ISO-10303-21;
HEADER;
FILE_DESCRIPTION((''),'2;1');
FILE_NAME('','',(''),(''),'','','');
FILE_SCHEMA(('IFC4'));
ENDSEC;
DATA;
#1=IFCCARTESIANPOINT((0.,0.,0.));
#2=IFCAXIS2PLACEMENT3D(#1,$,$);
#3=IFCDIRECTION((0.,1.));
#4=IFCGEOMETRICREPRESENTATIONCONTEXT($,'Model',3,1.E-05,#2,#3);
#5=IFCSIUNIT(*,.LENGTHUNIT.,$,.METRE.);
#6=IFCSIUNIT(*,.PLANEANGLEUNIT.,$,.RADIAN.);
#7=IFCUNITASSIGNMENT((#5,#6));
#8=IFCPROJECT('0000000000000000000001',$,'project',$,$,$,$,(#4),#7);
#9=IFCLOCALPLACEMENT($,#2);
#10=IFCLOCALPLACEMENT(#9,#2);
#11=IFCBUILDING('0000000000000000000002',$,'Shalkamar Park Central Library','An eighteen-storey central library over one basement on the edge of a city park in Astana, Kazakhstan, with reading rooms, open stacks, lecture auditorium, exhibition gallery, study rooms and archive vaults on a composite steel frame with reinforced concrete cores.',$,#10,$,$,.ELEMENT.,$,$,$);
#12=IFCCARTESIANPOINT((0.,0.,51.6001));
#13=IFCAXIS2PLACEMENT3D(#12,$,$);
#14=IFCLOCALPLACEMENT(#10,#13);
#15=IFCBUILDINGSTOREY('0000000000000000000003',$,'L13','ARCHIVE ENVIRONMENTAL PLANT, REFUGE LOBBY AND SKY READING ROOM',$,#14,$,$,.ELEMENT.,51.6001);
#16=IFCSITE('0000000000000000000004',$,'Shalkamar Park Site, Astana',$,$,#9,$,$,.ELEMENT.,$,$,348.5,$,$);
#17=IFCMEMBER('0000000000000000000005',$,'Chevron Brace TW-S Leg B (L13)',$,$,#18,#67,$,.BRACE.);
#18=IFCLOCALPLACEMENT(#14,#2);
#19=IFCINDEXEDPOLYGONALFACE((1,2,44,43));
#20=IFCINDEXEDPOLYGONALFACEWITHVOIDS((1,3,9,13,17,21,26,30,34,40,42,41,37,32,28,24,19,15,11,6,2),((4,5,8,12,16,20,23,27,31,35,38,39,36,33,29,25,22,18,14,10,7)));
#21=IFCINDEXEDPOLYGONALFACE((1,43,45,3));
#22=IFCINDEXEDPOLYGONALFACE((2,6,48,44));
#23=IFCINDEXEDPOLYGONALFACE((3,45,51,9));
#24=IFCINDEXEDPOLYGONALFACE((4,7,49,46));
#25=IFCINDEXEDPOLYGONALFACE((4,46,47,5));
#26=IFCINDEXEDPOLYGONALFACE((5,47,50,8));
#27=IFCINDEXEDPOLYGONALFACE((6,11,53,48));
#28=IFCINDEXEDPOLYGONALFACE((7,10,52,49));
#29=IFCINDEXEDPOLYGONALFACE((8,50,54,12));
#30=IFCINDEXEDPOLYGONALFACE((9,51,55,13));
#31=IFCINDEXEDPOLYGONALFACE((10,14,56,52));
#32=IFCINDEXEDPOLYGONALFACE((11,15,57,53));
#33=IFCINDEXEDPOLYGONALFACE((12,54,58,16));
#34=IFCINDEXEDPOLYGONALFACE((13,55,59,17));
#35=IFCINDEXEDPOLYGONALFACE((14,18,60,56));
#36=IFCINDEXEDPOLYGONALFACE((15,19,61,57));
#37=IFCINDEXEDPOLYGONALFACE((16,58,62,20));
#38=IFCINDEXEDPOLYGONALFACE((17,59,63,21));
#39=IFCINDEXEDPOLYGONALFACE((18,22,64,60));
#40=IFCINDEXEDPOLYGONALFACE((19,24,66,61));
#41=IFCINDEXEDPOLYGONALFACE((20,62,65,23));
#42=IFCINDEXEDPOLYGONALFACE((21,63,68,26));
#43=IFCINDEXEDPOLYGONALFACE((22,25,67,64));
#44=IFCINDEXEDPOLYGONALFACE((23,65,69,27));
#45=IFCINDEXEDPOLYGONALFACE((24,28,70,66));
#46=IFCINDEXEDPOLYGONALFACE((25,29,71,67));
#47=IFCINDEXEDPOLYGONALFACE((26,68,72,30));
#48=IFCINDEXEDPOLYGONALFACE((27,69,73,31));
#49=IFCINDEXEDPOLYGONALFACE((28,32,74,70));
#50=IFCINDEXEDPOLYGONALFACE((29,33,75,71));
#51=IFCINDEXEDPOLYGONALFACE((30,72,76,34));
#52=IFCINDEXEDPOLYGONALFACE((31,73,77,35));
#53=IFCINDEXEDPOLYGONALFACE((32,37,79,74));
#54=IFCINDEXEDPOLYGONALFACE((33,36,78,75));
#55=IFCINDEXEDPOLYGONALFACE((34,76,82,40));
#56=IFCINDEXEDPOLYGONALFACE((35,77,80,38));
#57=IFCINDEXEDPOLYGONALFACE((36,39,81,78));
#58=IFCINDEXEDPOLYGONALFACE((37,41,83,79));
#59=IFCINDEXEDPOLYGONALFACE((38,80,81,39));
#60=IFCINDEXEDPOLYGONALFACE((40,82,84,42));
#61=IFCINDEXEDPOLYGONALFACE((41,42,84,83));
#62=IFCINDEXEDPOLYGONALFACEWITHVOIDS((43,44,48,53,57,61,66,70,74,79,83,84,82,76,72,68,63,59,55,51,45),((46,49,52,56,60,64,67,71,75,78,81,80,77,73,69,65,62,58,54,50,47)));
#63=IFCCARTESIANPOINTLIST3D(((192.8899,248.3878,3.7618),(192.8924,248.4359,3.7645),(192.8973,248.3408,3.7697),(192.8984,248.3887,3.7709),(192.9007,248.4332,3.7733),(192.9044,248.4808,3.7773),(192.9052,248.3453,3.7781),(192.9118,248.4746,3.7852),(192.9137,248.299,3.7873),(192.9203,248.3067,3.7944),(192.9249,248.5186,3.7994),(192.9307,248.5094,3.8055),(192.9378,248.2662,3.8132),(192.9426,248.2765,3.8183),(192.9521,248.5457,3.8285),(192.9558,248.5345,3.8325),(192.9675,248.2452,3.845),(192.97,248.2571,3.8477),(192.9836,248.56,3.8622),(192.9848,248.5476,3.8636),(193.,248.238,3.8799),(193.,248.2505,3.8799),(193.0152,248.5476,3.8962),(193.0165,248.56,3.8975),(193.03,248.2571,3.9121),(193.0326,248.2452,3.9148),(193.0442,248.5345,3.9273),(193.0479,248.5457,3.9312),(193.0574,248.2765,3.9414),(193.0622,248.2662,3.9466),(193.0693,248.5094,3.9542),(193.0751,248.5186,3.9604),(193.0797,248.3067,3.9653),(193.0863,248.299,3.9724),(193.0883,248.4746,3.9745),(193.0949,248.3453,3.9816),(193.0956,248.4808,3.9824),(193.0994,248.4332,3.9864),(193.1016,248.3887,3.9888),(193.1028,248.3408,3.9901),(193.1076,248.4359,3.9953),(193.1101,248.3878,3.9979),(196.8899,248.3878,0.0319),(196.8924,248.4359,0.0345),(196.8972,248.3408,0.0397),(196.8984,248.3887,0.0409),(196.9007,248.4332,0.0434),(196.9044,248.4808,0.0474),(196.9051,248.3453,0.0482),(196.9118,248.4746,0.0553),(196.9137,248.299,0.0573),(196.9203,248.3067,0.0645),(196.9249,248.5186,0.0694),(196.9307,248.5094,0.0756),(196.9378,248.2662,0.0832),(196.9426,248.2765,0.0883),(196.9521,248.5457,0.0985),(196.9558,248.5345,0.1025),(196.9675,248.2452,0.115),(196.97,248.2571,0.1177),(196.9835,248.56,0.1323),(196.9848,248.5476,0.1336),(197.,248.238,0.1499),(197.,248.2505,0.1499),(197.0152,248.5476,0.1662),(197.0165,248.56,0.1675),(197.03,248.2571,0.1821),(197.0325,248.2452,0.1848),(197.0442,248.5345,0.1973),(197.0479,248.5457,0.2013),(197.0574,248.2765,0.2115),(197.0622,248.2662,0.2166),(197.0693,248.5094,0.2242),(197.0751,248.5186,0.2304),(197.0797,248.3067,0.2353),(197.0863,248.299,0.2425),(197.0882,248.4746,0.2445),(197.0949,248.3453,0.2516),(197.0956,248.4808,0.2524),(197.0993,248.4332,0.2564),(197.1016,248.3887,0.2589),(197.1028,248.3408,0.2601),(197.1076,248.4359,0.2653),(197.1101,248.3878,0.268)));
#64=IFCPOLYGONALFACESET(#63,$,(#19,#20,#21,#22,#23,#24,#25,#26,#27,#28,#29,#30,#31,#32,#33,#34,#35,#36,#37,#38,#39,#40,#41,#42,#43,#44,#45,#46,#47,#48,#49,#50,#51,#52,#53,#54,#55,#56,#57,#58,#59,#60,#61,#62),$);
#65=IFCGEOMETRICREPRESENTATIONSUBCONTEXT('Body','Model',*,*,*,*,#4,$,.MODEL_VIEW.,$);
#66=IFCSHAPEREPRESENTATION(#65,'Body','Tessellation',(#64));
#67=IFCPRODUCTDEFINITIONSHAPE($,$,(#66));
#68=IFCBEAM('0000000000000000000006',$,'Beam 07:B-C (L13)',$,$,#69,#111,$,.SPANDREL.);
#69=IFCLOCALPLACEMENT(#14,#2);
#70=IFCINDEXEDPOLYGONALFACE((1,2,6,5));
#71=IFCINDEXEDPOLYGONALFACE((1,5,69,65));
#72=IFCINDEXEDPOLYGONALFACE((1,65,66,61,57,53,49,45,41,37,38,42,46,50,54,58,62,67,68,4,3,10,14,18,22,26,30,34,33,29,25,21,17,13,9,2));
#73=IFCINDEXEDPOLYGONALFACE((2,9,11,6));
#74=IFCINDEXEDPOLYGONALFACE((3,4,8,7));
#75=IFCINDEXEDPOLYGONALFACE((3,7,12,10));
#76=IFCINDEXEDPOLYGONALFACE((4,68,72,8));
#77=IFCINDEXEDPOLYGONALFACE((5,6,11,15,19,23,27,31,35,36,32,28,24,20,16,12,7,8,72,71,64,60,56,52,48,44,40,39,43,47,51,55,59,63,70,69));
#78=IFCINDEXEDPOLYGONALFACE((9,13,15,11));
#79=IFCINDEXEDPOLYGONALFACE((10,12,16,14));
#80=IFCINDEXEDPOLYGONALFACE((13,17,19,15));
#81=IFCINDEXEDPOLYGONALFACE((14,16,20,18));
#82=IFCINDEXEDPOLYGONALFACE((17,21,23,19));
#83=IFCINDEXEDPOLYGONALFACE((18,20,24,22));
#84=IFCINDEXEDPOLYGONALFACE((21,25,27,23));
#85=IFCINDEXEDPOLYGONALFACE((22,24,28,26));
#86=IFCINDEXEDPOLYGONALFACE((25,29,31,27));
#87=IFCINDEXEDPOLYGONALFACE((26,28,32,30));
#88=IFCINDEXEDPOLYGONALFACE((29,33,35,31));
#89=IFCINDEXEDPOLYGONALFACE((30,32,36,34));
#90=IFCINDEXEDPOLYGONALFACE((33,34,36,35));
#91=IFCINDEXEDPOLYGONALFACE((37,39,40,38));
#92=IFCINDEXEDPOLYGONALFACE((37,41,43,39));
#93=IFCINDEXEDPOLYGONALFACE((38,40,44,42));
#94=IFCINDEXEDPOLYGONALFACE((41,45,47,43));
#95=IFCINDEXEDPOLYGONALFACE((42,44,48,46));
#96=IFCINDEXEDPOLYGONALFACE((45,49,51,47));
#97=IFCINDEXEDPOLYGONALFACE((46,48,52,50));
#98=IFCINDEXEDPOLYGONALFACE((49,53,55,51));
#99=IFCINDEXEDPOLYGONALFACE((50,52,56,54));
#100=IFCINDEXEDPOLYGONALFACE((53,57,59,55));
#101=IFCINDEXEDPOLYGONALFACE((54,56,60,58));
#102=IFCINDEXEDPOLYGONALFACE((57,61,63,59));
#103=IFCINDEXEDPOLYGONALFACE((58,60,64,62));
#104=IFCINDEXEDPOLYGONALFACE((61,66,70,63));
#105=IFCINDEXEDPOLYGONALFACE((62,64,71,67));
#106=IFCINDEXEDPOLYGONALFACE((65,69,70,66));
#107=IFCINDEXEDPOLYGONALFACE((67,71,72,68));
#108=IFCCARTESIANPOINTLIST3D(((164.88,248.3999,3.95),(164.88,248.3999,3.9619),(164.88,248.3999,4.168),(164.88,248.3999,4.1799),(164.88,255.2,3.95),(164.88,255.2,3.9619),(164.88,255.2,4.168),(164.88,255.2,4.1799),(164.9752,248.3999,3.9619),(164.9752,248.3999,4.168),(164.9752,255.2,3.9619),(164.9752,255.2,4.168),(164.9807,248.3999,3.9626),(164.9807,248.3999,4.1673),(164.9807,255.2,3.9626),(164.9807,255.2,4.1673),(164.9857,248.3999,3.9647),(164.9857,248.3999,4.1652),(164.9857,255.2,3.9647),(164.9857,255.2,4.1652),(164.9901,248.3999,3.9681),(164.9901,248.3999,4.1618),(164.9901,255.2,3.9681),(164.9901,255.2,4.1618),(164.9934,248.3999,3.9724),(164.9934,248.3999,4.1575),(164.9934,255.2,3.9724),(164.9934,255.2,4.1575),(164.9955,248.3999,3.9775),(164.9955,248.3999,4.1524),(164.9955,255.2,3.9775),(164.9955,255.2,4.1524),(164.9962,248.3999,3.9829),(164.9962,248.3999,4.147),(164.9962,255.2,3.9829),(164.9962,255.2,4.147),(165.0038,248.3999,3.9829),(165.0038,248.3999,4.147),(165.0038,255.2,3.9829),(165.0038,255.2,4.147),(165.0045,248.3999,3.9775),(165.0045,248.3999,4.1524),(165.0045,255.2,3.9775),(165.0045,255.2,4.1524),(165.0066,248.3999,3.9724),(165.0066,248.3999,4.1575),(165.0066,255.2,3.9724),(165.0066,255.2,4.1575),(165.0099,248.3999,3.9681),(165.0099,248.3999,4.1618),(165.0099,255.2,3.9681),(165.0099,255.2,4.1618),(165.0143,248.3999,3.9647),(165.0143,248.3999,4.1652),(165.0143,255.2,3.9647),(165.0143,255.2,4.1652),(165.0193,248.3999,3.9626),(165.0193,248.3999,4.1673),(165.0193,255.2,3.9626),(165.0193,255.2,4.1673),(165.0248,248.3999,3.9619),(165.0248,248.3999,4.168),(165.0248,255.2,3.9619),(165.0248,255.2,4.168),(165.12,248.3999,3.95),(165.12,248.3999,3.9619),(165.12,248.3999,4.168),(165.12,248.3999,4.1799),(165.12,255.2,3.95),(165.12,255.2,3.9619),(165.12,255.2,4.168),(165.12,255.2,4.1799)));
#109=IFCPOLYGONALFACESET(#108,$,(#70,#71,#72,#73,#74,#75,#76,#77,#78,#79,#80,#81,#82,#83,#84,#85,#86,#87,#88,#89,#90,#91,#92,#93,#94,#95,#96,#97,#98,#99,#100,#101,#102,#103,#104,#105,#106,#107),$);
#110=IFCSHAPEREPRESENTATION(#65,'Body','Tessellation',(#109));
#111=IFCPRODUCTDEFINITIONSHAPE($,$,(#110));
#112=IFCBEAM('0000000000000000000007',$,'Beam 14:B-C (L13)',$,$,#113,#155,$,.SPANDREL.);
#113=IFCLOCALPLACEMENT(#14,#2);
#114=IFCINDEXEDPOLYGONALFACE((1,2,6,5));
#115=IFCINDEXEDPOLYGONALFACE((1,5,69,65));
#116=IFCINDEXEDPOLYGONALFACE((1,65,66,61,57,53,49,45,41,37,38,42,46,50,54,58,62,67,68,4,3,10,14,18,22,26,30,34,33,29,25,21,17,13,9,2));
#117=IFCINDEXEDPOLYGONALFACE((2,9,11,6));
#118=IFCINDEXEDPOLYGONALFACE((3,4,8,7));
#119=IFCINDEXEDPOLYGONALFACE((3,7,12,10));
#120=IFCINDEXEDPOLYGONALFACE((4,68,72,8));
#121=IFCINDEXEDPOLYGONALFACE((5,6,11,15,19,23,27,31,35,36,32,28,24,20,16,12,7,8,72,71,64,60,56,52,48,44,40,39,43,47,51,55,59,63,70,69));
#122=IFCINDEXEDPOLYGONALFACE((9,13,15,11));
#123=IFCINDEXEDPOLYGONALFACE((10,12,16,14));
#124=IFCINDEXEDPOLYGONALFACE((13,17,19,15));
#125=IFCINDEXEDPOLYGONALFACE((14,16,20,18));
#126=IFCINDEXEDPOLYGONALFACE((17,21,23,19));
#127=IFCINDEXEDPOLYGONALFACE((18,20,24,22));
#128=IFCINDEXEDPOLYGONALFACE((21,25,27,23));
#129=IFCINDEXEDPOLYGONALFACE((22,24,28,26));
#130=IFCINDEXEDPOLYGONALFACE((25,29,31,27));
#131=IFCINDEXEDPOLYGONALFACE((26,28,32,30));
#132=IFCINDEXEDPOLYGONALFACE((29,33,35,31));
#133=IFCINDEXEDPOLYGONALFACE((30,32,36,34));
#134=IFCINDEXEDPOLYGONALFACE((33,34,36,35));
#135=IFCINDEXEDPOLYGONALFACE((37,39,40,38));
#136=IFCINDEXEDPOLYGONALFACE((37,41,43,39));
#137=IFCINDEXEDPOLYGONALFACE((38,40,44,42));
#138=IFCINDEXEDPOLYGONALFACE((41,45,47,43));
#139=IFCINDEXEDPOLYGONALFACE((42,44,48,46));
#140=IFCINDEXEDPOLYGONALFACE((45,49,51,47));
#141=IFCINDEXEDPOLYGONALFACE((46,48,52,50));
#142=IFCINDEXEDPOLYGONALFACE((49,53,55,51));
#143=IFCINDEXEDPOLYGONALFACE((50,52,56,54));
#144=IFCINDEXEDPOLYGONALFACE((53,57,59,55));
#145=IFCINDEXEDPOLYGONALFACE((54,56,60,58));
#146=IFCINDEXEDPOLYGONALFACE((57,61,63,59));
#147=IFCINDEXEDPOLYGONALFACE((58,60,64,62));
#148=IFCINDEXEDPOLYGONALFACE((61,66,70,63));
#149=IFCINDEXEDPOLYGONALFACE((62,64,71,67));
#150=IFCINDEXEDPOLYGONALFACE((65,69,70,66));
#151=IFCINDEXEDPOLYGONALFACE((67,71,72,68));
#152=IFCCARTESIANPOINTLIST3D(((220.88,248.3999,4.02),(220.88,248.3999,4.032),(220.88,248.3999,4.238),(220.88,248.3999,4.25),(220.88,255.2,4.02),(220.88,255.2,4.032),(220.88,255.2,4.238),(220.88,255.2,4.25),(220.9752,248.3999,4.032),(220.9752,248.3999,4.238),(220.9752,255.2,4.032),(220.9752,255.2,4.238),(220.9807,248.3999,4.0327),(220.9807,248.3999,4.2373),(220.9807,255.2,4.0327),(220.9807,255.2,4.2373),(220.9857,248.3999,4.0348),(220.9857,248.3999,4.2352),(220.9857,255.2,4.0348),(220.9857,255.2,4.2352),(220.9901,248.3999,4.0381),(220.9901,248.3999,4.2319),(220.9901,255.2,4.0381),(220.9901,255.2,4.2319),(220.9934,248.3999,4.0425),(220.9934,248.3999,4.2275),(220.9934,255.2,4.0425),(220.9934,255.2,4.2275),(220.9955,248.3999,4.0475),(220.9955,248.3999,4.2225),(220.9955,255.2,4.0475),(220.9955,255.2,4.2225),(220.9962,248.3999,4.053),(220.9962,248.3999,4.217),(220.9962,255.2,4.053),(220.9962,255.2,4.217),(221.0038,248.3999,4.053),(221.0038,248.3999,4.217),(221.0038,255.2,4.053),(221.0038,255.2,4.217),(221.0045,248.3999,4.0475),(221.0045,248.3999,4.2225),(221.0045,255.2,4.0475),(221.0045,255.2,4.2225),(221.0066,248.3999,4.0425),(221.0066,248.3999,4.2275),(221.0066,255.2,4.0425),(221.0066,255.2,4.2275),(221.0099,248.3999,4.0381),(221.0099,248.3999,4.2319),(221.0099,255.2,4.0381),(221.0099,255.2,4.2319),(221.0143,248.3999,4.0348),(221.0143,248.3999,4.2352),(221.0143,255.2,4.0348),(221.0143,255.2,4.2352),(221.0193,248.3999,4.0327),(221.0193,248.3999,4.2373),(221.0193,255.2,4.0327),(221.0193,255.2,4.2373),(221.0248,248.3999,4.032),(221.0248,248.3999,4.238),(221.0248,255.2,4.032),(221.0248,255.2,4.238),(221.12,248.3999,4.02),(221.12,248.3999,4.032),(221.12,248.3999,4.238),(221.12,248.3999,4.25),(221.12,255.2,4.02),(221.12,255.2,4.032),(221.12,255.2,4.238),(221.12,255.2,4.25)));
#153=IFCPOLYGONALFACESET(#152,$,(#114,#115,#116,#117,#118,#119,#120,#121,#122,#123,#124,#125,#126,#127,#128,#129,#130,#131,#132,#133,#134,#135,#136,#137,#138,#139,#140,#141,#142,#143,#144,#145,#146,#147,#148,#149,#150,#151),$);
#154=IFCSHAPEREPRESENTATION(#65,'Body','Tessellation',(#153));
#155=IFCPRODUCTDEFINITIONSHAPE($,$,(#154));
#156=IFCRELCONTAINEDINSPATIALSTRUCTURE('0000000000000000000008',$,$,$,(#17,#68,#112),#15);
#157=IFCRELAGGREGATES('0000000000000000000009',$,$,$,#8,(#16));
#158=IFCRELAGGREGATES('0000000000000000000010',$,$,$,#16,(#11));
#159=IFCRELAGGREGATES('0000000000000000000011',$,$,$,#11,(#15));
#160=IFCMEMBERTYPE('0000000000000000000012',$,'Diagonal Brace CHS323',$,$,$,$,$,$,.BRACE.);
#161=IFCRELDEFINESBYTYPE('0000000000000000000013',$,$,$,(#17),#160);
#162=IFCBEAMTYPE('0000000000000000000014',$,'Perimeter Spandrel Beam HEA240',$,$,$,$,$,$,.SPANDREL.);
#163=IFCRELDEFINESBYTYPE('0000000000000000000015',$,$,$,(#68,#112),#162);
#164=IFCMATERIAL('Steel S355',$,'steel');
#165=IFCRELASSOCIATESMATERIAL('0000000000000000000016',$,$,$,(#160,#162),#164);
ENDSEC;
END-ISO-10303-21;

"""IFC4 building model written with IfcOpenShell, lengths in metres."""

from ifc_helpers import new_model, si_unit, direction, frame, origin, origin_2d, place, context, subcontext, project, spatial, hollow_circle, i_section, extrude, material, material_profile, profile_set, type_object, element, save


model = new_model("IFC4")

# Units and contexts
model_context = context("Model", 3, precision=1e-05, world=origin(), true_north=direction((0.0, 1.0)))
body_context = subcontext(model_context, "Body", "Model", "MODEL_VIEW")
ifc_project = project(units=[si_unit("LENGTHUNIT", "METRE"), si_unit("PLANEANGLEUNIT", "RADIAN")], contexts=[model_context])

# Site, building, storey
site_placement = place(None, origin())
site = spatial("IfcSite", under=ifc_project, at=site_placement, Name="Shalkamar Park Site, Astana", CompositionType="ELEMENT", RefElevation=348.5)
building_placement = place(site_placement, origin())
building = spatial("IfcBuilding", under=site, at=building_placement, Name="Shalkamar Park Central Library", Description="An eighteen-storey central library over one basement on the edge of a city park in Astana, Kazakhstan, with reading rooms, open stacks, lecture auditorium, exhibition gallery, study rooms and archive vaults on a composite steel frame with reinforced concrete cores.", CompositionType="ELEMENT")
storey_placement = place(building_placement, frame((0.0, 0.0, 51.6001)))
storey = spatial("IfcBuildingStorey", under=building, at=storey_placement, Name="L13", Description="ARCHIVE ENVIRONMENTAL PLANT, REFUGE LOBBY AND SKY READING ROOM", CompositionType="ELEMENT", Elevation=51.6001)

# Shared definitions
ifc_material_1 = material(Name="Steel S355", Category="steel")

# Member
ifc_material_profile_1 = material_profile(ifc_material_1, hollow_circle(Radius=0.1619, WallThickness=0.0125, at=origin_2d()), Name="CHS 323.9x12.5")
ifc_profile_set_1 = profile_set([ifc_material_profile_1], Name="Steel S355")
member_type = type_object("IfcMemberType", Name="Diagonal Brace CHS323", PredefinedType="BRACE", material=ifc_profile_set_1)
for number, where, z_axis, x_axis, name in (
    (1, (197.0, 248.3999, 0.1499), (-0.731361, 0.0, 0.681991), (0.0, -1.0, 0.0), "Chevron Brace TW-S Leg B (L13)"),
):
    element("IfcMember", number, at=place(storey_placement, frame(where, z_axis=z_axis, x_axis=x_axis)), inside=storey, type_object=member_type, Name=name, PredefinedType="BRACE", context=body_context, shape_type="SweptSolid", body=[
        extrude(hollow_circle(Radius=0.1619, WallThickness=0.0125, at=origin_2d()), origin(), (0.0, 0.0, 1.0), 5.4692),
    ])

# Beams
ifc_material_profile_2 = material_profile(ifc_material_1, i_section(OverallWidth=0.24, OverallDepth=0.23, WebThickness=0.0076, FlangeThickness=0.012, FilletRadius=0.021, at=origin_2d()), Name="HEA 240")
ifc_profile_set_2 = profile_set([ifc_material_profile_2], Name="Steel S355")
beam_type_1 = type_object("IfcBeamType", Name="Perimeter Spandrel Beam HEA240", PredefinedType="SPANDREL", material=ifc_profile_set_2)
for number, where, z_axis, x_axis, name in (
    (2, (165.0, 248.3999, 4.0649), (0.0, 1.0, 0.0), (-1.0, 0.0, 0.0), "Beam 07:B-C (L13)"),
    (3, (221.0, 248.3999, 4.135), (0.0, 1.0, 0.0), (-1.0, 0.0, 0.0), "Beam 14:B-C (L13)"),
):
    element("IfcBeam", number, at=place(storey_placement, frame(where, z_axis=z_axis, x_axis=x_axis)), inside=storey, type_object=beam_type_1, Name=name, PredefinedType="SPANDREL", context=body_context, shape_type="SweptSolid", body=[
        extrude(i_section(OverallWidth=0.24, OverallDepth=0.23, WebThickness=0.0076, FlangeThickness=0.012, FilletRadius=0.021, at=origin_2d()), origin(), (0.0, 0.0, 1.0), 6.8),
    ])

save(model, "model.ifc")
